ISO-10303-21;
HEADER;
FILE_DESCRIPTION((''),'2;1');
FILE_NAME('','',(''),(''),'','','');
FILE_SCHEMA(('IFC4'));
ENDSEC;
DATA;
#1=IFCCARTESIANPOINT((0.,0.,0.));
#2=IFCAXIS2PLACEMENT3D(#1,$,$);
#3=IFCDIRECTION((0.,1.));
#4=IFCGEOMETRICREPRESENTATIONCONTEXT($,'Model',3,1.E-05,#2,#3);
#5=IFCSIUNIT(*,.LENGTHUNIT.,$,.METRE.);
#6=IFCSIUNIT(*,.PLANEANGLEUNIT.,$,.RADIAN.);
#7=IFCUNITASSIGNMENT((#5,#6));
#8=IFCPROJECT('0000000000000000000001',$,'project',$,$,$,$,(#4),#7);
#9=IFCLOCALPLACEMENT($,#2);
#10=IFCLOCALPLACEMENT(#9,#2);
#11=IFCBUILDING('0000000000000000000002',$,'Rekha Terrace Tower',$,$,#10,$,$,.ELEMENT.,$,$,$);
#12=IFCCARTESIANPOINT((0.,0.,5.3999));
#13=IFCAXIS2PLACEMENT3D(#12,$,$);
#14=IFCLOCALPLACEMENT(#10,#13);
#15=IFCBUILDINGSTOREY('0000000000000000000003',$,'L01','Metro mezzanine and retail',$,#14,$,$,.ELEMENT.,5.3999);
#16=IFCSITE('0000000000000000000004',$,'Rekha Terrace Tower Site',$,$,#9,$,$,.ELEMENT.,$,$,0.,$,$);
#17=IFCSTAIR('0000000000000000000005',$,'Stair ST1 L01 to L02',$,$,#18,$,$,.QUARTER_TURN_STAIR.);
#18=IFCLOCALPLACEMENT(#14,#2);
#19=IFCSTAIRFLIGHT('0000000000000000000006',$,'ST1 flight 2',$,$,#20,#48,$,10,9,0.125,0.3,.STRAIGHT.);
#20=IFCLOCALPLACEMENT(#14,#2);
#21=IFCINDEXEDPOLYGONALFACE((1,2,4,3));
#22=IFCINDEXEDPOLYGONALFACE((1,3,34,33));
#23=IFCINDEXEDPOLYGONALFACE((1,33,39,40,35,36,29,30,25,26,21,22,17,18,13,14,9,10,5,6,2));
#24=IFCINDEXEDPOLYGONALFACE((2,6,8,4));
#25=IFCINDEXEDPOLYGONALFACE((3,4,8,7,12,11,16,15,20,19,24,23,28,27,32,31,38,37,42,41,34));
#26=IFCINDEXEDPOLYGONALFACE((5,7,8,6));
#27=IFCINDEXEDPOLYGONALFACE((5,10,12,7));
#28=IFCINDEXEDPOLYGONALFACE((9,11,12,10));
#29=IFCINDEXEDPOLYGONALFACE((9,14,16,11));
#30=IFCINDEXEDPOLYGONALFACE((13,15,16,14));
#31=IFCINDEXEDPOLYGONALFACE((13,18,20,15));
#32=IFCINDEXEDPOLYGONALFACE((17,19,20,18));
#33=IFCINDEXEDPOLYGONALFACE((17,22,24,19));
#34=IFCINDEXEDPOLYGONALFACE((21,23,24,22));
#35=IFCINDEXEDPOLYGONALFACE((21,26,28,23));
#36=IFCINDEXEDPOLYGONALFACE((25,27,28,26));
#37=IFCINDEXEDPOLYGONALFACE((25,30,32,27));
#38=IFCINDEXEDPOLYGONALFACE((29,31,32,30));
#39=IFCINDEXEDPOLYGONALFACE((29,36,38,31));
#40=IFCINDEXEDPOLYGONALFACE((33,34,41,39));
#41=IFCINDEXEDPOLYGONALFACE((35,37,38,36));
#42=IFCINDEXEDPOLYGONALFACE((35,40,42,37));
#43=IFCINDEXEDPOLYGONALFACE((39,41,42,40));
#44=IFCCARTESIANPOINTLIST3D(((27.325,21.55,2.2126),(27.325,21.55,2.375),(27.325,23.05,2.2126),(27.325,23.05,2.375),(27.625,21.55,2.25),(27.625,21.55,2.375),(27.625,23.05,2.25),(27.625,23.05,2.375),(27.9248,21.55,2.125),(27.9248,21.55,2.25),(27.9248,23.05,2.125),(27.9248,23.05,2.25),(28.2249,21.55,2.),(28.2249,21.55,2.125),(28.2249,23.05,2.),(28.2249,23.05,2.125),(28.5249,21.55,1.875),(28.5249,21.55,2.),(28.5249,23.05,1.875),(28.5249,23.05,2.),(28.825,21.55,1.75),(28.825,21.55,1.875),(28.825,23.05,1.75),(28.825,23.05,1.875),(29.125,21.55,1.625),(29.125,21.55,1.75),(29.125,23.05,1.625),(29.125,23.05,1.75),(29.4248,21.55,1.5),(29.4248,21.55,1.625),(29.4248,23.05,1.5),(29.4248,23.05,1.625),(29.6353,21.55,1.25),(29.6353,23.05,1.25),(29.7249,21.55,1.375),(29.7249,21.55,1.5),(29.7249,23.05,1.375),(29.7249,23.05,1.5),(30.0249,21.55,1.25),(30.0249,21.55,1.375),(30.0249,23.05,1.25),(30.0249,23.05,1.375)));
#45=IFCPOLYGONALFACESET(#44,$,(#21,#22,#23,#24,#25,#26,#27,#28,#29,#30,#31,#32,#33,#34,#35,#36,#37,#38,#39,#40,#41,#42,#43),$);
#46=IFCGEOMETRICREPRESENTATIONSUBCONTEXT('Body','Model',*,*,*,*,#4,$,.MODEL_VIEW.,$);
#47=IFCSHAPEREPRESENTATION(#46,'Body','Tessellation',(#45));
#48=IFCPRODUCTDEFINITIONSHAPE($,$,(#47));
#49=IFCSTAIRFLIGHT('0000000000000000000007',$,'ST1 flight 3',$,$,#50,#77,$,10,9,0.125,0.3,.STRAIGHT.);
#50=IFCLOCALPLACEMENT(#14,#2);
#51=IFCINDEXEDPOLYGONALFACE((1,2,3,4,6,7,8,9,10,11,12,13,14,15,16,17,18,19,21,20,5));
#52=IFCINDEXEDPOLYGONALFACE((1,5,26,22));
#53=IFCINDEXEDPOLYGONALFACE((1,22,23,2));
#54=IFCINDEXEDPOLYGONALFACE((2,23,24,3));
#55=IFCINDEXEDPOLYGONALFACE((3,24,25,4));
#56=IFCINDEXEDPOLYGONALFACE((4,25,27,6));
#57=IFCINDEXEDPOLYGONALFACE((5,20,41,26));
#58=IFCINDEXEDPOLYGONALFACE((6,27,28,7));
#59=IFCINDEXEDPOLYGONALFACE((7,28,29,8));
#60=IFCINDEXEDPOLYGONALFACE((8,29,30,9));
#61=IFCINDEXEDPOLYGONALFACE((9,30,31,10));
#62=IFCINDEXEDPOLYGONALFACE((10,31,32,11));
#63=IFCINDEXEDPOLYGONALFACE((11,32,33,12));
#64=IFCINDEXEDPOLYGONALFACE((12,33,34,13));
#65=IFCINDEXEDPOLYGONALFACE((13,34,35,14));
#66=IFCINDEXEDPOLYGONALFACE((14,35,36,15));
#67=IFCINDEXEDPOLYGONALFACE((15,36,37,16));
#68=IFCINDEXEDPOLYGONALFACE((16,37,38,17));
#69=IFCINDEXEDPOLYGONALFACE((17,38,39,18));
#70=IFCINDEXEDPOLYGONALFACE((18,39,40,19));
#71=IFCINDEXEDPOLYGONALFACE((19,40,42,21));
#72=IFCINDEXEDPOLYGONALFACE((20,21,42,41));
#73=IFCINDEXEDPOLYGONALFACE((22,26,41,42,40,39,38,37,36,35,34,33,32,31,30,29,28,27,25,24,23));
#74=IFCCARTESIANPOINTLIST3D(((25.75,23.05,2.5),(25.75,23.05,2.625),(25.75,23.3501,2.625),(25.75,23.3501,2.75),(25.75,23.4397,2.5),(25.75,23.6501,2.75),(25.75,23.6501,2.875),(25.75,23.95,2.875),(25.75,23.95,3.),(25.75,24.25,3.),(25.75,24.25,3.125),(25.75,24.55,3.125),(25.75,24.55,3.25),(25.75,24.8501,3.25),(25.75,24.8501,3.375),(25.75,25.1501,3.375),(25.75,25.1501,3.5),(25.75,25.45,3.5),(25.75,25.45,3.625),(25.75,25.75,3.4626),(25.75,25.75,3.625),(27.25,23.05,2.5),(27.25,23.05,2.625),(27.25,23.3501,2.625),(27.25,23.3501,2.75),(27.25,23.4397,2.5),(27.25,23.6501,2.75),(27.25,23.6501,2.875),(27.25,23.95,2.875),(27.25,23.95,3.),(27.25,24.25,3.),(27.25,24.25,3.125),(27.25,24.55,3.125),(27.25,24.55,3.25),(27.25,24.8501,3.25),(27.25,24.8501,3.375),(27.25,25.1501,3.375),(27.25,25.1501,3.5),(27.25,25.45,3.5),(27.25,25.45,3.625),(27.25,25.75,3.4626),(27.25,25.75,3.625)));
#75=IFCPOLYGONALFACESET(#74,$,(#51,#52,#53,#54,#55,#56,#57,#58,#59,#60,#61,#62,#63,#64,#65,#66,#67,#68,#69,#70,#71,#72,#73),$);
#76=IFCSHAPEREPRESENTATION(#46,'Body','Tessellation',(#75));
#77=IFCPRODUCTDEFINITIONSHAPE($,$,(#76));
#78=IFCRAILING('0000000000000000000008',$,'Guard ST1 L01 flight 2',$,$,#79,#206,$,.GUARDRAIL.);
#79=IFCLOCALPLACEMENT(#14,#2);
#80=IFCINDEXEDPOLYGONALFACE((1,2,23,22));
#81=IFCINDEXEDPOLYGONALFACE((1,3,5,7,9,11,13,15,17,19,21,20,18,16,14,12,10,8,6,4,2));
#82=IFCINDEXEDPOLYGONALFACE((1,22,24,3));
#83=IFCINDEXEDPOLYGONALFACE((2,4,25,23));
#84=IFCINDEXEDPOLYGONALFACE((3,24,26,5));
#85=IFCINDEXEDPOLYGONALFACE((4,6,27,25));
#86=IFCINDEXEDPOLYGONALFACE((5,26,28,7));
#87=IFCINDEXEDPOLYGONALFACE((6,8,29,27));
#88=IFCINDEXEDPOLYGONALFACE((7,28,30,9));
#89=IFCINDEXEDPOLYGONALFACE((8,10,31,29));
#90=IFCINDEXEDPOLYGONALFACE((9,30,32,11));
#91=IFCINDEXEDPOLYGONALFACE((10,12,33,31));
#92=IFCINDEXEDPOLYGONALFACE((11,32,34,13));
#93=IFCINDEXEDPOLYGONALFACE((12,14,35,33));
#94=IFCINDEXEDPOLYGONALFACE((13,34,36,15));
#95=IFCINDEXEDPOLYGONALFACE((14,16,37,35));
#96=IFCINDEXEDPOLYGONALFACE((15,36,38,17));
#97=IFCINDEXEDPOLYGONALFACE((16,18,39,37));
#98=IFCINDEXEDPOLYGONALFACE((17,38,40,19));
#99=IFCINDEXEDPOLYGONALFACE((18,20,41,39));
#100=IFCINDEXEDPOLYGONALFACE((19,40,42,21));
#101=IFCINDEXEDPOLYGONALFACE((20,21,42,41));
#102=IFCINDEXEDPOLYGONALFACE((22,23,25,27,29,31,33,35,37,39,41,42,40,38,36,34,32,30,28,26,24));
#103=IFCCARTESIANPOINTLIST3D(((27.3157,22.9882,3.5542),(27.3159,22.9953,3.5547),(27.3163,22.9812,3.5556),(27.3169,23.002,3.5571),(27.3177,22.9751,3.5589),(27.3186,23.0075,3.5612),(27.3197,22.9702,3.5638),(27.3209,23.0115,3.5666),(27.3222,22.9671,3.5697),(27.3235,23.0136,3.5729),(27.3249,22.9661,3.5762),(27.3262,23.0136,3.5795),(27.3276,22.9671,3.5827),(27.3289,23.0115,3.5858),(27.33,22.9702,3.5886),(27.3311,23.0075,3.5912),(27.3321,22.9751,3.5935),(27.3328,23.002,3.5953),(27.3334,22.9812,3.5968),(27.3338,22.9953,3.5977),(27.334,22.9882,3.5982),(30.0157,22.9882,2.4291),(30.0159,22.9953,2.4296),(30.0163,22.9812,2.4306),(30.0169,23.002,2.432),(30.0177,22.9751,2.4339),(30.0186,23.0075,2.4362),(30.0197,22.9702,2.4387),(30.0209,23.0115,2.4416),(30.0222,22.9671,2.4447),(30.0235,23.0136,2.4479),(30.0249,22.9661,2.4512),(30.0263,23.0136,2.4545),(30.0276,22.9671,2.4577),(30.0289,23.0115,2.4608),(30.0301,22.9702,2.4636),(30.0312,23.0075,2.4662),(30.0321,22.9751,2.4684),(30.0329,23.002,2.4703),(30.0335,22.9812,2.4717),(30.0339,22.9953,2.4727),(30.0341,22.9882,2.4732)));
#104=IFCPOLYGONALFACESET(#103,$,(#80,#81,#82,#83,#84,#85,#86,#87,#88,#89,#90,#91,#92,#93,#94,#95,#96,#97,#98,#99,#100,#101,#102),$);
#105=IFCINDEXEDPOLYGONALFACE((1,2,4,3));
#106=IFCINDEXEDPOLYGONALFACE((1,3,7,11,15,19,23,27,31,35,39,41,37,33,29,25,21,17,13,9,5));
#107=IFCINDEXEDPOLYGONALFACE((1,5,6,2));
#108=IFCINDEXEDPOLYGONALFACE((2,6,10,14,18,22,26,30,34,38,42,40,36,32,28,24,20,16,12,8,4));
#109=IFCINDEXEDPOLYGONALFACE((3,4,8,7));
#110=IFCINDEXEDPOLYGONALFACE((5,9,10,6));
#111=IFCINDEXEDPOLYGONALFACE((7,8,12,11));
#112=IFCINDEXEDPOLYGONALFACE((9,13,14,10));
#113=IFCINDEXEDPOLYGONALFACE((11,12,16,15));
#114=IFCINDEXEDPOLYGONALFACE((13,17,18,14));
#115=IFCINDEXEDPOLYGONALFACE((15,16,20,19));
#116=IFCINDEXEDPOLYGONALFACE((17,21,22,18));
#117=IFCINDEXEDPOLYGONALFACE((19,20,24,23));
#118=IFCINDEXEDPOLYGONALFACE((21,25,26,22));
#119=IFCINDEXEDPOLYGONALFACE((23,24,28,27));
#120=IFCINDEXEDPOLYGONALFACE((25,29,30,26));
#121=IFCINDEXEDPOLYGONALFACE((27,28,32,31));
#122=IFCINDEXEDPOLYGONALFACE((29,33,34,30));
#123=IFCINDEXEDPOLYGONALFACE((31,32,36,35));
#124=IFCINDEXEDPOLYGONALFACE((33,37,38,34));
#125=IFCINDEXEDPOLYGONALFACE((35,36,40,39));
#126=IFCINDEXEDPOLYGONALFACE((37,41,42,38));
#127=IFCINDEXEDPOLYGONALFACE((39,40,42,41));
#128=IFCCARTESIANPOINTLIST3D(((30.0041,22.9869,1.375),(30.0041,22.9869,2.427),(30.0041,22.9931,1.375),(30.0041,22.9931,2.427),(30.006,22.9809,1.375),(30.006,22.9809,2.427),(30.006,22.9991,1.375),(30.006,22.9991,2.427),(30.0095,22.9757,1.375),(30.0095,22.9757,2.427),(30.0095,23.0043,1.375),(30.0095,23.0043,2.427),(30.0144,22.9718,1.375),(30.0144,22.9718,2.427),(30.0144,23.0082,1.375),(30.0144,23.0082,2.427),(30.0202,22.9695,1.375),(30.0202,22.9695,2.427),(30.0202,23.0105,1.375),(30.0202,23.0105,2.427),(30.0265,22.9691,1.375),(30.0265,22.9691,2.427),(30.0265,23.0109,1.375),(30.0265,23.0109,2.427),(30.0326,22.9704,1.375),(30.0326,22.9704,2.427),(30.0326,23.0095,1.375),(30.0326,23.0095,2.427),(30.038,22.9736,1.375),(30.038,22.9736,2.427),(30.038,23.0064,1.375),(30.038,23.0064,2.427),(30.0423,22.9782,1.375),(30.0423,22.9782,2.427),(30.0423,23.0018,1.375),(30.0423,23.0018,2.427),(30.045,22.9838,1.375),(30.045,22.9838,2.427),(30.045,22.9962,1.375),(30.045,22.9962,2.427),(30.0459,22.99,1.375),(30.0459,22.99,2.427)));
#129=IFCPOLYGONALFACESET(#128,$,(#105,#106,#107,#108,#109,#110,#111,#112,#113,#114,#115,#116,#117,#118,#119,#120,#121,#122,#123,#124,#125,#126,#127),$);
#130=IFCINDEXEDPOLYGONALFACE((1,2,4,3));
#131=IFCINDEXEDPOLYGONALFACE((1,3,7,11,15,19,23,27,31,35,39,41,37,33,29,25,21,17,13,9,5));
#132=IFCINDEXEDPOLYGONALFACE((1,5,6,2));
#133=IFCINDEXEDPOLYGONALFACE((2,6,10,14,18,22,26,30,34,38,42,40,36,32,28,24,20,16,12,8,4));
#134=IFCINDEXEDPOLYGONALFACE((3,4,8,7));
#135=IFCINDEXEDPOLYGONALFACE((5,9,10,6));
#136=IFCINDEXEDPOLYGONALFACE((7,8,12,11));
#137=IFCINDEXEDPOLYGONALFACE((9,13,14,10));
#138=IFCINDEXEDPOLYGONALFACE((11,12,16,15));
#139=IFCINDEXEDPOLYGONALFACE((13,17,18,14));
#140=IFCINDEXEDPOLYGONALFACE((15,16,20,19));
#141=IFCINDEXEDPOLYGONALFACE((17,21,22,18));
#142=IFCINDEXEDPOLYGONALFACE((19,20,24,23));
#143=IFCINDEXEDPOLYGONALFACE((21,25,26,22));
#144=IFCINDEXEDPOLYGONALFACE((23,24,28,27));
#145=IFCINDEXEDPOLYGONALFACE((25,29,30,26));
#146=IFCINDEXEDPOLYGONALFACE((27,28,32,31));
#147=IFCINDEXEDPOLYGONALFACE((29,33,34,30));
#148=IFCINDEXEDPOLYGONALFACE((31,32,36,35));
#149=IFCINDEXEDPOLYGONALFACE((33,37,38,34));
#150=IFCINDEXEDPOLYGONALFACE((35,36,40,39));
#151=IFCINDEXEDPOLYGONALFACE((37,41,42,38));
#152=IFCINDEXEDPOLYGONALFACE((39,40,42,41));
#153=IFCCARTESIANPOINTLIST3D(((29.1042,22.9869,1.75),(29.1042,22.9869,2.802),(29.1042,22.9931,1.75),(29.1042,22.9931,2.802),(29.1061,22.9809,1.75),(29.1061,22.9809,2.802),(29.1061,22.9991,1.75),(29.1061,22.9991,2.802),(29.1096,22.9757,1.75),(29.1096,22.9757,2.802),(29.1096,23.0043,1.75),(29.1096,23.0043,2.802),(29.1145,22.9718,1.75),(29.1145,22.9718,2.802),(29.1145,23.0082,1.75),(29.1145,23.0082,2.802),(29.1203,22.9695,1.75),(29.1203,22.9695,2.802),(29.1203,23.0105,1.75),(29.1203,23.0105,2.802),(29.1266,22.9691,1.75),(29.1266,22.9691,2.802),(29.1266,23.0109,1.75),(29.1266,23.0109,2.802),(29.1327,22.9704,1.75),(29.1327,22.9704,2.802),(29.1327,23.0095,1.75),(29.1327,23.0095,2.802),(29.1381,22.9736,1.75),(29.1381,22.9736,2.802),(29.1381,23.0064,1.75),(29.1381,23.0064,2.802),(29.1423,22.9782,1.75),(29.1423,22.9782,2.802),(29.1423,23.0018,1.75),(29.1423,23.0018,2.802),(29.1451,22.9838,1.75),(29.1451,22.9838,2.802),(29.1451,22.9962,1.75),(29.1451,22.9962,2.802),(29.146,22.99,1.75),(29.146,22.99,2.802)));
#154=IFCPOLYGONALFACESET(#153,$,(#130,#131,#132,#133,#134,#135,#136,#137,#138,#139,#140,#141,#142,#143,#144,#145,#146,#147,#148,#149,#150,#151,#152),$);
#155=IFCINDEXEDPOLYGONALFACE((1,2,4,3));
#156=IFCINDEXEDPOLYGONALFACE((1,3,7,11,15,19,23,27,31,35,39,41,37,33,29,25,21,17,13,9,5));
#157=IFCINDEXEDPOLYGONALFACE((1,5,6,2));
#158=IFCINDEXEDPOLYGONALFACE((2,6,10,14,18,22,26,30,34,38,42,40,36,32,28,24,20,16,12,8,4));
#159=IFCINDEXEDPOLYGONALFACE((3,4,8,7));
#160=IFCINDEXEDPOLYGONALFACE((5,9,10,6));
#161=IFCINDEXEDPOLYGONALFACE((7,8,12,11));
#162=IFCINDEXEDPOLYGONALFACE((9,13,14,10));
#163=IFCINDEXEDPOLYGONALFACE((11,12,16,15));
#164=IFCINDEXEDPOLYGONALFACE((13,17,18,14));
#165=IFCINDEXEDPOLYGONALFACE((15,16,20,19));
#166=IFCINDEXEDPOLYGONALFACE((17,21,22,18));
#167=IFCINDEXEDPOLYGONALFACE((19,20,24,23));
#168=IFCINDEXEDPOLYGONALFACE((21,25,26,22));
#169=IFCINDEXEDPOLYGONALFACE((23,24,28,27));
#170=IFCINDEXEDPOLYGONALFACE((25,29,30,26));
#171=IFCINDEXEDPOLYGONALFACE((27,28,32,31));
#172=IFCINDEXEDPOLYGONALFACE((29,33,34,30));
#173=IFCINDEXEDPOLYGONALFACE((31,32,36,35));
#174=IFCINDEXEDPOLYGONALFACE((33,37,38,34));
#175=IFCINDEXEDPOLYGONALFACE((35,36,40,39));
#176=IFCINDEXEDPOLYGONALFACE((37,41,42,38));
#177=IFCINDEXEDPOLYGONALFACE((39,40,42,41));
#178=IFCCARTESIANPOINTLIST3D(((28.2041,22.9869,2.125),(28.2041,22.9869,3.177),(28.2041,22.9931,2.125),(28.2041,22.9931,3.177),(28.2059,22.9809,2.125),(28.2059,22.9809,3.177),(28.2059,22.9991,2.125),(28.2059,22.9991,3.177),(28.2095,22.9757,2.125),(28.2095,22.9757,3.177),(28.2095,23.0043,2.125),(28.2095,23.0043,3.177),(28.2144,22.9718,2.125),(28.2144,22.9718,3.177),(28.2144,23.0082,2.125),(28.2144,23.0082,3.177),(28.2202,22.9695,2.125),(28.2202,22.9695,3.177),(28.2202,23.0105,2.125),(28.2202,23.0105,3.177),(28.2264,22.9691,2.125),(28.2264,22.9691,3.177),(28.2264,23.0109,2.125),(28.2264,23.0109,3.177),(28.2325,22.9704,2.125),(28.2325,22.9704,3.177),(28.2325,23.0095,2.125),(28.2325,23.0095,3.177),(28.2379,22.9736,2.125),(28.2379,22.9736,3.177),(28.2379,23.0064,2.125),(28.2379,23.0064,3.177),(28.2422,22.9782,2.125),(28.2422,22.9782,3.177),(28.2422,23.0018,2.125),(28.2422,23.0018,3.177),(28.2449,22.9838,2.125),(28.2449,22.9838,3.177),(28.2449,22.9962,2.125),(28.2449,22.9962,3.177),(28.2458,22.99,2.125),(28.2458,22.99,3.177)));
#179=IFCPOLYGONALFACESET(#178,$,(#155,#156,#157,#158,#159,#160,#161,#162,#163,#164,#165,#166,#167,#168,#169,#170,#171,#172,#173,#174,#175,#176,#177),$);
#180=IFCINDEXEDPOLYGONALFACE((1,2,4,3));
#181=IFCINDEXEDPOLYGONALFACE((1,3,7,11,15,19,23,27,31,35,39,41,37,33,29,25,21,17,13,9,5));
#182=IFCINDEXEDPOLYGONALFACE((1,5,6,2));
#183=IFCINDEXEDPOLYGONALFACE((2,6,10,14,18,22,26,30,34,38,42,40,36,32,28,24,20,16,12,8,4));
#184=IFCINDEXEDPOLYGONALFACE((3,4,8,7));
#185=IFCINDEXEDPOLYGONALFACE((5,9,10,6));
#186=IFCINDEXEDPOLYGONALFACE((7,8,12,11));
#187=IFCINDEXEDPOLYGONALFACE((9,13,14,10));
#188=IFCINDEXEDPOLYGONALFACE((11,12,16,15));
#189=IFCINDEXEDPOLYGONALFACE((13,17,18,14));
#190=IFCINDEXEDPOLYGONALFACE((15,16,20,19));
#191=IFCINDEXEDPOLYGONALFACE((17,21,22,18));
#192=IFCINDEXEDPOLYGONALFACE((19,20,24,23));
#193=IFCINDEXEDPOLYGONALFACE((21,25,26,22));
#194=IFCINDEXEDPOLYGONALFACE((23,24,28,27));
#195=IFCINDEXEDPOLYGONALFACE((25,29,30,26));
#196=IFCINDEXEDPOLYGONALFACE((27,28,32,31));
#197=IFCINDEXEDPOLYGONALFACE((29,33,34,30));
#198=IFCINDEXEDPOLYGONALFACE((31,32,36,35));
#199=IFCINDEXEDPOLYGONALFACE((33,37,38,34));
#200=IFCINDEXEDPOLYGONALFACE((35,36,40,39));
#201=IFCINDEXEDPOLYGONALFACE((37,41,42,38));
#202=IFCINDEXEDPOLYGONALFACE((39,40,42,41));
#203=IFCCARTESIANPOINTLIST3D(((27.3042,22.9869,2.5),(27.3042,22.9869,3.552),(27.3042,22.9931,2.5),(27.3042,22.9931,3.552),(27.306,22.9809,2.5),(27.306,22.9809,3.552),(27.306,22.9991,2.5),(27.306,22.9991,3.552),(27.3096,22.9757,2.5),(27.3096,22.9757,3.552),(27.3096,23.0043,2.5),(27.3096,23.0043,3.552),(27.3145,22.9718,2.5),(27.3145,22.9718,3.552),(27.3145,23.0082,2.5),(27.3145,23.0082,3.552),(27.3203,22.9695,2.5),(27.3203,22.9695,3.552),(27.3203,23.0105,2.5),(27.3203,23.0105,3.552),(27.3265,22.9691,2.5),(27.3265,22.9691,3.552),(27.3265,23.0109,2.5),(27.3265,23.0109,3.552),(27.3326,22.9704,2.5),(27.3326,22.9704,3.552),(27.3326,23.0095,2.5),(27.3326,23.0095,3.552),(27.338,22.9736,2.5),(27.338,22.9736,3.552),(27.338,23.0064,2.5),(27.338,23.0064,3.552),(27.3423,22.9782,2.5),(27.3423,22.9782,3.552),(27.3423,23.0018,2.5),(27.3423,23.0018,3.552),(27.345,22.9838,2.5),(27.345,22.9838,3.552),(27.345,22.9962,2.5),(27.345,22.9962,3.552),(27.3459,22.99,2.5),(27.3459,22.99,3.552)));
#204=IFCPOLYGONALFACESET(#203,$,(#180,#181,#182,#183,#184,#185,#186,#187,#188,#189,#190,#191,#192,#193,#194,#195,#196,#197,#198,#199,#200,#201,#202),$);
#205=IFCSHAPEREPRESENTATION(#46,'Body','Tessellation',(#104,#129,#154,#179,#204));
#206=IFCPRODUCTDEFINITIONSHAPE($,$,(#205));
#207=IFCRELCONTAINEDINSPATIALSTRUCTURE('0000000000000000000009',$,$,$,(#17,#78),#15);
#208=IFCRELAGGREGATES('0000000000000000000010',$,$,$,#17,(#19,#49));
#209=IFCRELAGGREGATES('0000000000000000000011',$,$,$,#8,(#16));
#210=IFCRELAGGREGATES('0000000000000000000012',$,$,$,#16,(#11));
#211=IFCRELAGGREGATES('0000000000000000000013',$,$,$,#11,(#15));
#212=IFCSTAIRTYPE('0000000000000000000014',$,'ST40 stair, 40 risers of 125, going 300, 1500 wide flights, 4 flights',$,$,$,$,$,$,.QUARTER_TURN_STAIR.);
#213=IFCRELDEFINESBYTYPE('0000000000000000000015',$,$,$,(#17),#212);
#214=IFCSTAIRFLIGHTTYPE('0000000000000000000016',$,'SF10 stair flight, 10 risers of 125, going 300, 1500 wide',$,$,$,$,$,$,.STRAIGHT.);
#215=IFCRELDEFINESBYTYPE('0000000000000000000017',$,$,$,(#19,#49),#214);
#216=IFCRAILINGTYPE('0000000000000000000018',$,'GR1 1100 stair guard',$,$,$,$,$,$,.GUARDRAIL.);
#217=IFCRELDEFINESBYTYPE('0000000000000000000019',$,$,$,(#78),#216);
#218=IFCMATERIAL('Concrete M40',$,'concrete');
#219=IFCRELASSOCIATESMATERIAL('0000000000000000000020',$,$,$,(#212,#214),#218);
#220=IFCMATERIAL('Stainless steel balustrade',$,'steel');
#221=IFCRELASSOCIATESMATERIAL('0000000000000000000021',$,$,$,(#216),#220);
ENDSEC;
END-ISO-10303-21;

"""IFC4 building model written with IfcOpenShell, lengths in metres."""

from ifc_helpers import new_model, si_unit, direction, frame, origin, origin_2d, place, context, subcontext, project, spatial, polyline, circle, outline, extrude, material, type_object, element, aggregate, save


model = new_model("IFC4")

# Units and contexts
model_context = context("Model", 3, precision=1e-05, world=origin(), true_north=direction((0.0, 1.0)))
body_context = subcontext(model_context, "Body", "Model", "MODEL_VIEW")
ifc_project = project(units=[si_unit("LENGTHUNIT", "METRE"), si_unit("PLANEANGLEUNIT", "RADIAN")], contexts=[model_context])

# Site, building, storey
site_placement = place(None, origin())
site = spatial("IfcSite", under=ifc_project, at=site_placement, Name="Rekha Terrace Tower Site", CompositionType="ELEMENT", RefElevation=0.0)
building_placement = place(site_placement, origin())
building = spatial("IfcBuilding", under=site, at=building_placement, Name="Rekha Terrace Tower", CompositionType="ELEMENT")
storey_placement = place(building_placement, frame((0.0, 0.0, 5.3999)))
storey = spatial("IfcBuildingStorey", under=building, at=storey_placement, Name="L01", Description="Metro mezzanine and retail", CompositionType="ELEMENT", Elevation=5.3999)

# Stair, stair flights
ifc_material_1 = material(Name="Concrete M40", Category="concrete")
stair_type = type_object("IfcStairType", Name="ST40 stair, 40 risers of 125, going 300, 1500 wide flights, 4 flights", PredefinedType="QUARTER_TURN_STAIR", material=ifc_material_1)
stair_placement = place(storey_placement, origin())
stair = element("IfcStair", 1, at=stair_placement, inside=storey, type_object=stair_type, Name="Stair ST1 L01 to L02", PredefinedType="QUARTER_TURN_STAIR")
stair_flight_type = type_object("IfcStairFlightType", Name="SF10 stair flight, 10 risers of 125, going 300, 1500 wide", PredefinedType="STRAIGHT", material=ifc_material_1)
stair_flight_1_placement = place(storey_placement, frame((30.0249, 22.3, 1.25), z_axis=(0.0, 0.0, 1.0), x_axis=(-1.0, 0.0, 0.0)))
stair_flight_1 = element("IfcStairFlight", 2, at=stair_flight_1_placement, type_object=stair_flight_type, Name="ST1 flight 2", NumberOfRisers=10, NumberOfTreads=9, PredefinedType="STRAIGHT", RiserHeight=0.125, TreadLength=0.3, context=body_context, shape_type="SweptSolid", body=[
    extrude(outline(polyline([(0.0, 0.0), (0.0, 0.125), (0.3, 0.125), (0.3, 0.25), (0.6001, 0.25), (0.6001, 0.375), (0.8999, 0.375), (0.8999, 0.5), (1.2, 0.5), (1.2, 0.625), (1.5, 0.625), (1.5, 0.75), (1.8, 0.75), (1.8, 0.875), (2.1001, 0.875), (2.1001, 1.0), (2.3999, 1.0), (2.3999, 1.125), (2.7, 1.125), (2.7, 1.25), (2.7, 0.9626), (0.3896, 0.0), (0.0, 0.0)])), frame((0.0, 0.75, 0.0), z_axis=(0.0, -1.0, 0.0), x_axis=(1.0, 0.0, 0.0)), (0.0, 0.0, 1.0), 1.5),
])
stair_flight_2_placement = place(storey_placement, frame((26.5, 23.05, 2.5), z_axis=(0.0, 0.0, 1.0), x_axis=(0.0, 1.0, 0.0)))
stair_flight_2 = element("IfcStairFlight", 3, at=stair_flight_2_placement, type_object=stair_flight_type, Name="ST1 flight 3", NumberOfRisers=10, NumberOfTreads=9, PredefinedType="STRAIGHT", RiserHeight=0.125, TreadLength=0.3, context=body_context, shape_type="SweptSolid", body=[
    extrude(outline(polyline([(0.0, 0.0), (0.0, 0.125), (0.3, 0.125), (0.3, 0.25), (0.6001, 0.25), (0.6001, 0.375), (0.8999, 0.375), (0.8999, 0.5), (1.2, 0.5), (1.2, 0.625), (1.5, 0.625), (1.5, 0.75), (1.8, 0.75), (1.8, 0.875), (2.1001, 0.875), (2.1001, 1.0), (2.3999, 1.0), (2.3999, 1.125), (2.7, 1.125), (2.7, 1.25), (2.7, 0.9626), (0.3896, 0.0), (0.0, 0.0)])), frame((0.0, 0.75, 0.0), z_axis=(0.0, -1.0, 0.0), x_axis=(1.0, 0.0, 0.0)), (0.0, 0.0, 1.0), 1.5),
])
aggregate(stair, [stair_flight_1, stair_flight_2])

# Railing
ifc_material_2 = material(Name="Stainless steel balustrade", Category="steel")
railing_type_1 = type_object("IfcRailingType", Name="GR1 1100 stair guard", PredefinedType="GUARDRAIL", material=ifc_material_2)
railing_1_placement = place(storey_placement, frame((30.0249, 22.99, 1.375)))
element("IfcRailing", 4, at=railing_1_placement, inside=storey, type_object=railing_type_1, Name="Guard ST1 L01 flight 2", PredefinedType="GUARDRAIL", context=body_context, shape_type="SweptSolid", body=[
    extrude(circle(Radius=0.0239, at=origin_2d()), frame((0.0, 0.0, 1.0762), z_axis=(-0.923074, 0.0, 0.384621), x_axis=(0.0, -1.0, 0.0)), (0.0, 0.0, 1.0), 2.925),
    extrude(circle(Radius=0.021, at=origin_2d()), origin(), (0.0, 0.0, 1.0), 1.052),
    extrude(circle(Radius=0.021, at=origin_2d()), frame((-0.8999, 0.0, 0.375)), (0.0, 0.0, 1.0), 1.052),
    extrude(circle(Radius=0.021, at=origin_2d()), frame((-1.8, 0.0, 0.75)), (0.0, 0.0, 1.0), 1.052),
    extrude(circle(Radius=0.021, at=origin_2d()), frame((-2.7, 0.0, 1.125)), (0.0, 0.0, 1.0), 1.052),
])

save(model, "model.ifc")
